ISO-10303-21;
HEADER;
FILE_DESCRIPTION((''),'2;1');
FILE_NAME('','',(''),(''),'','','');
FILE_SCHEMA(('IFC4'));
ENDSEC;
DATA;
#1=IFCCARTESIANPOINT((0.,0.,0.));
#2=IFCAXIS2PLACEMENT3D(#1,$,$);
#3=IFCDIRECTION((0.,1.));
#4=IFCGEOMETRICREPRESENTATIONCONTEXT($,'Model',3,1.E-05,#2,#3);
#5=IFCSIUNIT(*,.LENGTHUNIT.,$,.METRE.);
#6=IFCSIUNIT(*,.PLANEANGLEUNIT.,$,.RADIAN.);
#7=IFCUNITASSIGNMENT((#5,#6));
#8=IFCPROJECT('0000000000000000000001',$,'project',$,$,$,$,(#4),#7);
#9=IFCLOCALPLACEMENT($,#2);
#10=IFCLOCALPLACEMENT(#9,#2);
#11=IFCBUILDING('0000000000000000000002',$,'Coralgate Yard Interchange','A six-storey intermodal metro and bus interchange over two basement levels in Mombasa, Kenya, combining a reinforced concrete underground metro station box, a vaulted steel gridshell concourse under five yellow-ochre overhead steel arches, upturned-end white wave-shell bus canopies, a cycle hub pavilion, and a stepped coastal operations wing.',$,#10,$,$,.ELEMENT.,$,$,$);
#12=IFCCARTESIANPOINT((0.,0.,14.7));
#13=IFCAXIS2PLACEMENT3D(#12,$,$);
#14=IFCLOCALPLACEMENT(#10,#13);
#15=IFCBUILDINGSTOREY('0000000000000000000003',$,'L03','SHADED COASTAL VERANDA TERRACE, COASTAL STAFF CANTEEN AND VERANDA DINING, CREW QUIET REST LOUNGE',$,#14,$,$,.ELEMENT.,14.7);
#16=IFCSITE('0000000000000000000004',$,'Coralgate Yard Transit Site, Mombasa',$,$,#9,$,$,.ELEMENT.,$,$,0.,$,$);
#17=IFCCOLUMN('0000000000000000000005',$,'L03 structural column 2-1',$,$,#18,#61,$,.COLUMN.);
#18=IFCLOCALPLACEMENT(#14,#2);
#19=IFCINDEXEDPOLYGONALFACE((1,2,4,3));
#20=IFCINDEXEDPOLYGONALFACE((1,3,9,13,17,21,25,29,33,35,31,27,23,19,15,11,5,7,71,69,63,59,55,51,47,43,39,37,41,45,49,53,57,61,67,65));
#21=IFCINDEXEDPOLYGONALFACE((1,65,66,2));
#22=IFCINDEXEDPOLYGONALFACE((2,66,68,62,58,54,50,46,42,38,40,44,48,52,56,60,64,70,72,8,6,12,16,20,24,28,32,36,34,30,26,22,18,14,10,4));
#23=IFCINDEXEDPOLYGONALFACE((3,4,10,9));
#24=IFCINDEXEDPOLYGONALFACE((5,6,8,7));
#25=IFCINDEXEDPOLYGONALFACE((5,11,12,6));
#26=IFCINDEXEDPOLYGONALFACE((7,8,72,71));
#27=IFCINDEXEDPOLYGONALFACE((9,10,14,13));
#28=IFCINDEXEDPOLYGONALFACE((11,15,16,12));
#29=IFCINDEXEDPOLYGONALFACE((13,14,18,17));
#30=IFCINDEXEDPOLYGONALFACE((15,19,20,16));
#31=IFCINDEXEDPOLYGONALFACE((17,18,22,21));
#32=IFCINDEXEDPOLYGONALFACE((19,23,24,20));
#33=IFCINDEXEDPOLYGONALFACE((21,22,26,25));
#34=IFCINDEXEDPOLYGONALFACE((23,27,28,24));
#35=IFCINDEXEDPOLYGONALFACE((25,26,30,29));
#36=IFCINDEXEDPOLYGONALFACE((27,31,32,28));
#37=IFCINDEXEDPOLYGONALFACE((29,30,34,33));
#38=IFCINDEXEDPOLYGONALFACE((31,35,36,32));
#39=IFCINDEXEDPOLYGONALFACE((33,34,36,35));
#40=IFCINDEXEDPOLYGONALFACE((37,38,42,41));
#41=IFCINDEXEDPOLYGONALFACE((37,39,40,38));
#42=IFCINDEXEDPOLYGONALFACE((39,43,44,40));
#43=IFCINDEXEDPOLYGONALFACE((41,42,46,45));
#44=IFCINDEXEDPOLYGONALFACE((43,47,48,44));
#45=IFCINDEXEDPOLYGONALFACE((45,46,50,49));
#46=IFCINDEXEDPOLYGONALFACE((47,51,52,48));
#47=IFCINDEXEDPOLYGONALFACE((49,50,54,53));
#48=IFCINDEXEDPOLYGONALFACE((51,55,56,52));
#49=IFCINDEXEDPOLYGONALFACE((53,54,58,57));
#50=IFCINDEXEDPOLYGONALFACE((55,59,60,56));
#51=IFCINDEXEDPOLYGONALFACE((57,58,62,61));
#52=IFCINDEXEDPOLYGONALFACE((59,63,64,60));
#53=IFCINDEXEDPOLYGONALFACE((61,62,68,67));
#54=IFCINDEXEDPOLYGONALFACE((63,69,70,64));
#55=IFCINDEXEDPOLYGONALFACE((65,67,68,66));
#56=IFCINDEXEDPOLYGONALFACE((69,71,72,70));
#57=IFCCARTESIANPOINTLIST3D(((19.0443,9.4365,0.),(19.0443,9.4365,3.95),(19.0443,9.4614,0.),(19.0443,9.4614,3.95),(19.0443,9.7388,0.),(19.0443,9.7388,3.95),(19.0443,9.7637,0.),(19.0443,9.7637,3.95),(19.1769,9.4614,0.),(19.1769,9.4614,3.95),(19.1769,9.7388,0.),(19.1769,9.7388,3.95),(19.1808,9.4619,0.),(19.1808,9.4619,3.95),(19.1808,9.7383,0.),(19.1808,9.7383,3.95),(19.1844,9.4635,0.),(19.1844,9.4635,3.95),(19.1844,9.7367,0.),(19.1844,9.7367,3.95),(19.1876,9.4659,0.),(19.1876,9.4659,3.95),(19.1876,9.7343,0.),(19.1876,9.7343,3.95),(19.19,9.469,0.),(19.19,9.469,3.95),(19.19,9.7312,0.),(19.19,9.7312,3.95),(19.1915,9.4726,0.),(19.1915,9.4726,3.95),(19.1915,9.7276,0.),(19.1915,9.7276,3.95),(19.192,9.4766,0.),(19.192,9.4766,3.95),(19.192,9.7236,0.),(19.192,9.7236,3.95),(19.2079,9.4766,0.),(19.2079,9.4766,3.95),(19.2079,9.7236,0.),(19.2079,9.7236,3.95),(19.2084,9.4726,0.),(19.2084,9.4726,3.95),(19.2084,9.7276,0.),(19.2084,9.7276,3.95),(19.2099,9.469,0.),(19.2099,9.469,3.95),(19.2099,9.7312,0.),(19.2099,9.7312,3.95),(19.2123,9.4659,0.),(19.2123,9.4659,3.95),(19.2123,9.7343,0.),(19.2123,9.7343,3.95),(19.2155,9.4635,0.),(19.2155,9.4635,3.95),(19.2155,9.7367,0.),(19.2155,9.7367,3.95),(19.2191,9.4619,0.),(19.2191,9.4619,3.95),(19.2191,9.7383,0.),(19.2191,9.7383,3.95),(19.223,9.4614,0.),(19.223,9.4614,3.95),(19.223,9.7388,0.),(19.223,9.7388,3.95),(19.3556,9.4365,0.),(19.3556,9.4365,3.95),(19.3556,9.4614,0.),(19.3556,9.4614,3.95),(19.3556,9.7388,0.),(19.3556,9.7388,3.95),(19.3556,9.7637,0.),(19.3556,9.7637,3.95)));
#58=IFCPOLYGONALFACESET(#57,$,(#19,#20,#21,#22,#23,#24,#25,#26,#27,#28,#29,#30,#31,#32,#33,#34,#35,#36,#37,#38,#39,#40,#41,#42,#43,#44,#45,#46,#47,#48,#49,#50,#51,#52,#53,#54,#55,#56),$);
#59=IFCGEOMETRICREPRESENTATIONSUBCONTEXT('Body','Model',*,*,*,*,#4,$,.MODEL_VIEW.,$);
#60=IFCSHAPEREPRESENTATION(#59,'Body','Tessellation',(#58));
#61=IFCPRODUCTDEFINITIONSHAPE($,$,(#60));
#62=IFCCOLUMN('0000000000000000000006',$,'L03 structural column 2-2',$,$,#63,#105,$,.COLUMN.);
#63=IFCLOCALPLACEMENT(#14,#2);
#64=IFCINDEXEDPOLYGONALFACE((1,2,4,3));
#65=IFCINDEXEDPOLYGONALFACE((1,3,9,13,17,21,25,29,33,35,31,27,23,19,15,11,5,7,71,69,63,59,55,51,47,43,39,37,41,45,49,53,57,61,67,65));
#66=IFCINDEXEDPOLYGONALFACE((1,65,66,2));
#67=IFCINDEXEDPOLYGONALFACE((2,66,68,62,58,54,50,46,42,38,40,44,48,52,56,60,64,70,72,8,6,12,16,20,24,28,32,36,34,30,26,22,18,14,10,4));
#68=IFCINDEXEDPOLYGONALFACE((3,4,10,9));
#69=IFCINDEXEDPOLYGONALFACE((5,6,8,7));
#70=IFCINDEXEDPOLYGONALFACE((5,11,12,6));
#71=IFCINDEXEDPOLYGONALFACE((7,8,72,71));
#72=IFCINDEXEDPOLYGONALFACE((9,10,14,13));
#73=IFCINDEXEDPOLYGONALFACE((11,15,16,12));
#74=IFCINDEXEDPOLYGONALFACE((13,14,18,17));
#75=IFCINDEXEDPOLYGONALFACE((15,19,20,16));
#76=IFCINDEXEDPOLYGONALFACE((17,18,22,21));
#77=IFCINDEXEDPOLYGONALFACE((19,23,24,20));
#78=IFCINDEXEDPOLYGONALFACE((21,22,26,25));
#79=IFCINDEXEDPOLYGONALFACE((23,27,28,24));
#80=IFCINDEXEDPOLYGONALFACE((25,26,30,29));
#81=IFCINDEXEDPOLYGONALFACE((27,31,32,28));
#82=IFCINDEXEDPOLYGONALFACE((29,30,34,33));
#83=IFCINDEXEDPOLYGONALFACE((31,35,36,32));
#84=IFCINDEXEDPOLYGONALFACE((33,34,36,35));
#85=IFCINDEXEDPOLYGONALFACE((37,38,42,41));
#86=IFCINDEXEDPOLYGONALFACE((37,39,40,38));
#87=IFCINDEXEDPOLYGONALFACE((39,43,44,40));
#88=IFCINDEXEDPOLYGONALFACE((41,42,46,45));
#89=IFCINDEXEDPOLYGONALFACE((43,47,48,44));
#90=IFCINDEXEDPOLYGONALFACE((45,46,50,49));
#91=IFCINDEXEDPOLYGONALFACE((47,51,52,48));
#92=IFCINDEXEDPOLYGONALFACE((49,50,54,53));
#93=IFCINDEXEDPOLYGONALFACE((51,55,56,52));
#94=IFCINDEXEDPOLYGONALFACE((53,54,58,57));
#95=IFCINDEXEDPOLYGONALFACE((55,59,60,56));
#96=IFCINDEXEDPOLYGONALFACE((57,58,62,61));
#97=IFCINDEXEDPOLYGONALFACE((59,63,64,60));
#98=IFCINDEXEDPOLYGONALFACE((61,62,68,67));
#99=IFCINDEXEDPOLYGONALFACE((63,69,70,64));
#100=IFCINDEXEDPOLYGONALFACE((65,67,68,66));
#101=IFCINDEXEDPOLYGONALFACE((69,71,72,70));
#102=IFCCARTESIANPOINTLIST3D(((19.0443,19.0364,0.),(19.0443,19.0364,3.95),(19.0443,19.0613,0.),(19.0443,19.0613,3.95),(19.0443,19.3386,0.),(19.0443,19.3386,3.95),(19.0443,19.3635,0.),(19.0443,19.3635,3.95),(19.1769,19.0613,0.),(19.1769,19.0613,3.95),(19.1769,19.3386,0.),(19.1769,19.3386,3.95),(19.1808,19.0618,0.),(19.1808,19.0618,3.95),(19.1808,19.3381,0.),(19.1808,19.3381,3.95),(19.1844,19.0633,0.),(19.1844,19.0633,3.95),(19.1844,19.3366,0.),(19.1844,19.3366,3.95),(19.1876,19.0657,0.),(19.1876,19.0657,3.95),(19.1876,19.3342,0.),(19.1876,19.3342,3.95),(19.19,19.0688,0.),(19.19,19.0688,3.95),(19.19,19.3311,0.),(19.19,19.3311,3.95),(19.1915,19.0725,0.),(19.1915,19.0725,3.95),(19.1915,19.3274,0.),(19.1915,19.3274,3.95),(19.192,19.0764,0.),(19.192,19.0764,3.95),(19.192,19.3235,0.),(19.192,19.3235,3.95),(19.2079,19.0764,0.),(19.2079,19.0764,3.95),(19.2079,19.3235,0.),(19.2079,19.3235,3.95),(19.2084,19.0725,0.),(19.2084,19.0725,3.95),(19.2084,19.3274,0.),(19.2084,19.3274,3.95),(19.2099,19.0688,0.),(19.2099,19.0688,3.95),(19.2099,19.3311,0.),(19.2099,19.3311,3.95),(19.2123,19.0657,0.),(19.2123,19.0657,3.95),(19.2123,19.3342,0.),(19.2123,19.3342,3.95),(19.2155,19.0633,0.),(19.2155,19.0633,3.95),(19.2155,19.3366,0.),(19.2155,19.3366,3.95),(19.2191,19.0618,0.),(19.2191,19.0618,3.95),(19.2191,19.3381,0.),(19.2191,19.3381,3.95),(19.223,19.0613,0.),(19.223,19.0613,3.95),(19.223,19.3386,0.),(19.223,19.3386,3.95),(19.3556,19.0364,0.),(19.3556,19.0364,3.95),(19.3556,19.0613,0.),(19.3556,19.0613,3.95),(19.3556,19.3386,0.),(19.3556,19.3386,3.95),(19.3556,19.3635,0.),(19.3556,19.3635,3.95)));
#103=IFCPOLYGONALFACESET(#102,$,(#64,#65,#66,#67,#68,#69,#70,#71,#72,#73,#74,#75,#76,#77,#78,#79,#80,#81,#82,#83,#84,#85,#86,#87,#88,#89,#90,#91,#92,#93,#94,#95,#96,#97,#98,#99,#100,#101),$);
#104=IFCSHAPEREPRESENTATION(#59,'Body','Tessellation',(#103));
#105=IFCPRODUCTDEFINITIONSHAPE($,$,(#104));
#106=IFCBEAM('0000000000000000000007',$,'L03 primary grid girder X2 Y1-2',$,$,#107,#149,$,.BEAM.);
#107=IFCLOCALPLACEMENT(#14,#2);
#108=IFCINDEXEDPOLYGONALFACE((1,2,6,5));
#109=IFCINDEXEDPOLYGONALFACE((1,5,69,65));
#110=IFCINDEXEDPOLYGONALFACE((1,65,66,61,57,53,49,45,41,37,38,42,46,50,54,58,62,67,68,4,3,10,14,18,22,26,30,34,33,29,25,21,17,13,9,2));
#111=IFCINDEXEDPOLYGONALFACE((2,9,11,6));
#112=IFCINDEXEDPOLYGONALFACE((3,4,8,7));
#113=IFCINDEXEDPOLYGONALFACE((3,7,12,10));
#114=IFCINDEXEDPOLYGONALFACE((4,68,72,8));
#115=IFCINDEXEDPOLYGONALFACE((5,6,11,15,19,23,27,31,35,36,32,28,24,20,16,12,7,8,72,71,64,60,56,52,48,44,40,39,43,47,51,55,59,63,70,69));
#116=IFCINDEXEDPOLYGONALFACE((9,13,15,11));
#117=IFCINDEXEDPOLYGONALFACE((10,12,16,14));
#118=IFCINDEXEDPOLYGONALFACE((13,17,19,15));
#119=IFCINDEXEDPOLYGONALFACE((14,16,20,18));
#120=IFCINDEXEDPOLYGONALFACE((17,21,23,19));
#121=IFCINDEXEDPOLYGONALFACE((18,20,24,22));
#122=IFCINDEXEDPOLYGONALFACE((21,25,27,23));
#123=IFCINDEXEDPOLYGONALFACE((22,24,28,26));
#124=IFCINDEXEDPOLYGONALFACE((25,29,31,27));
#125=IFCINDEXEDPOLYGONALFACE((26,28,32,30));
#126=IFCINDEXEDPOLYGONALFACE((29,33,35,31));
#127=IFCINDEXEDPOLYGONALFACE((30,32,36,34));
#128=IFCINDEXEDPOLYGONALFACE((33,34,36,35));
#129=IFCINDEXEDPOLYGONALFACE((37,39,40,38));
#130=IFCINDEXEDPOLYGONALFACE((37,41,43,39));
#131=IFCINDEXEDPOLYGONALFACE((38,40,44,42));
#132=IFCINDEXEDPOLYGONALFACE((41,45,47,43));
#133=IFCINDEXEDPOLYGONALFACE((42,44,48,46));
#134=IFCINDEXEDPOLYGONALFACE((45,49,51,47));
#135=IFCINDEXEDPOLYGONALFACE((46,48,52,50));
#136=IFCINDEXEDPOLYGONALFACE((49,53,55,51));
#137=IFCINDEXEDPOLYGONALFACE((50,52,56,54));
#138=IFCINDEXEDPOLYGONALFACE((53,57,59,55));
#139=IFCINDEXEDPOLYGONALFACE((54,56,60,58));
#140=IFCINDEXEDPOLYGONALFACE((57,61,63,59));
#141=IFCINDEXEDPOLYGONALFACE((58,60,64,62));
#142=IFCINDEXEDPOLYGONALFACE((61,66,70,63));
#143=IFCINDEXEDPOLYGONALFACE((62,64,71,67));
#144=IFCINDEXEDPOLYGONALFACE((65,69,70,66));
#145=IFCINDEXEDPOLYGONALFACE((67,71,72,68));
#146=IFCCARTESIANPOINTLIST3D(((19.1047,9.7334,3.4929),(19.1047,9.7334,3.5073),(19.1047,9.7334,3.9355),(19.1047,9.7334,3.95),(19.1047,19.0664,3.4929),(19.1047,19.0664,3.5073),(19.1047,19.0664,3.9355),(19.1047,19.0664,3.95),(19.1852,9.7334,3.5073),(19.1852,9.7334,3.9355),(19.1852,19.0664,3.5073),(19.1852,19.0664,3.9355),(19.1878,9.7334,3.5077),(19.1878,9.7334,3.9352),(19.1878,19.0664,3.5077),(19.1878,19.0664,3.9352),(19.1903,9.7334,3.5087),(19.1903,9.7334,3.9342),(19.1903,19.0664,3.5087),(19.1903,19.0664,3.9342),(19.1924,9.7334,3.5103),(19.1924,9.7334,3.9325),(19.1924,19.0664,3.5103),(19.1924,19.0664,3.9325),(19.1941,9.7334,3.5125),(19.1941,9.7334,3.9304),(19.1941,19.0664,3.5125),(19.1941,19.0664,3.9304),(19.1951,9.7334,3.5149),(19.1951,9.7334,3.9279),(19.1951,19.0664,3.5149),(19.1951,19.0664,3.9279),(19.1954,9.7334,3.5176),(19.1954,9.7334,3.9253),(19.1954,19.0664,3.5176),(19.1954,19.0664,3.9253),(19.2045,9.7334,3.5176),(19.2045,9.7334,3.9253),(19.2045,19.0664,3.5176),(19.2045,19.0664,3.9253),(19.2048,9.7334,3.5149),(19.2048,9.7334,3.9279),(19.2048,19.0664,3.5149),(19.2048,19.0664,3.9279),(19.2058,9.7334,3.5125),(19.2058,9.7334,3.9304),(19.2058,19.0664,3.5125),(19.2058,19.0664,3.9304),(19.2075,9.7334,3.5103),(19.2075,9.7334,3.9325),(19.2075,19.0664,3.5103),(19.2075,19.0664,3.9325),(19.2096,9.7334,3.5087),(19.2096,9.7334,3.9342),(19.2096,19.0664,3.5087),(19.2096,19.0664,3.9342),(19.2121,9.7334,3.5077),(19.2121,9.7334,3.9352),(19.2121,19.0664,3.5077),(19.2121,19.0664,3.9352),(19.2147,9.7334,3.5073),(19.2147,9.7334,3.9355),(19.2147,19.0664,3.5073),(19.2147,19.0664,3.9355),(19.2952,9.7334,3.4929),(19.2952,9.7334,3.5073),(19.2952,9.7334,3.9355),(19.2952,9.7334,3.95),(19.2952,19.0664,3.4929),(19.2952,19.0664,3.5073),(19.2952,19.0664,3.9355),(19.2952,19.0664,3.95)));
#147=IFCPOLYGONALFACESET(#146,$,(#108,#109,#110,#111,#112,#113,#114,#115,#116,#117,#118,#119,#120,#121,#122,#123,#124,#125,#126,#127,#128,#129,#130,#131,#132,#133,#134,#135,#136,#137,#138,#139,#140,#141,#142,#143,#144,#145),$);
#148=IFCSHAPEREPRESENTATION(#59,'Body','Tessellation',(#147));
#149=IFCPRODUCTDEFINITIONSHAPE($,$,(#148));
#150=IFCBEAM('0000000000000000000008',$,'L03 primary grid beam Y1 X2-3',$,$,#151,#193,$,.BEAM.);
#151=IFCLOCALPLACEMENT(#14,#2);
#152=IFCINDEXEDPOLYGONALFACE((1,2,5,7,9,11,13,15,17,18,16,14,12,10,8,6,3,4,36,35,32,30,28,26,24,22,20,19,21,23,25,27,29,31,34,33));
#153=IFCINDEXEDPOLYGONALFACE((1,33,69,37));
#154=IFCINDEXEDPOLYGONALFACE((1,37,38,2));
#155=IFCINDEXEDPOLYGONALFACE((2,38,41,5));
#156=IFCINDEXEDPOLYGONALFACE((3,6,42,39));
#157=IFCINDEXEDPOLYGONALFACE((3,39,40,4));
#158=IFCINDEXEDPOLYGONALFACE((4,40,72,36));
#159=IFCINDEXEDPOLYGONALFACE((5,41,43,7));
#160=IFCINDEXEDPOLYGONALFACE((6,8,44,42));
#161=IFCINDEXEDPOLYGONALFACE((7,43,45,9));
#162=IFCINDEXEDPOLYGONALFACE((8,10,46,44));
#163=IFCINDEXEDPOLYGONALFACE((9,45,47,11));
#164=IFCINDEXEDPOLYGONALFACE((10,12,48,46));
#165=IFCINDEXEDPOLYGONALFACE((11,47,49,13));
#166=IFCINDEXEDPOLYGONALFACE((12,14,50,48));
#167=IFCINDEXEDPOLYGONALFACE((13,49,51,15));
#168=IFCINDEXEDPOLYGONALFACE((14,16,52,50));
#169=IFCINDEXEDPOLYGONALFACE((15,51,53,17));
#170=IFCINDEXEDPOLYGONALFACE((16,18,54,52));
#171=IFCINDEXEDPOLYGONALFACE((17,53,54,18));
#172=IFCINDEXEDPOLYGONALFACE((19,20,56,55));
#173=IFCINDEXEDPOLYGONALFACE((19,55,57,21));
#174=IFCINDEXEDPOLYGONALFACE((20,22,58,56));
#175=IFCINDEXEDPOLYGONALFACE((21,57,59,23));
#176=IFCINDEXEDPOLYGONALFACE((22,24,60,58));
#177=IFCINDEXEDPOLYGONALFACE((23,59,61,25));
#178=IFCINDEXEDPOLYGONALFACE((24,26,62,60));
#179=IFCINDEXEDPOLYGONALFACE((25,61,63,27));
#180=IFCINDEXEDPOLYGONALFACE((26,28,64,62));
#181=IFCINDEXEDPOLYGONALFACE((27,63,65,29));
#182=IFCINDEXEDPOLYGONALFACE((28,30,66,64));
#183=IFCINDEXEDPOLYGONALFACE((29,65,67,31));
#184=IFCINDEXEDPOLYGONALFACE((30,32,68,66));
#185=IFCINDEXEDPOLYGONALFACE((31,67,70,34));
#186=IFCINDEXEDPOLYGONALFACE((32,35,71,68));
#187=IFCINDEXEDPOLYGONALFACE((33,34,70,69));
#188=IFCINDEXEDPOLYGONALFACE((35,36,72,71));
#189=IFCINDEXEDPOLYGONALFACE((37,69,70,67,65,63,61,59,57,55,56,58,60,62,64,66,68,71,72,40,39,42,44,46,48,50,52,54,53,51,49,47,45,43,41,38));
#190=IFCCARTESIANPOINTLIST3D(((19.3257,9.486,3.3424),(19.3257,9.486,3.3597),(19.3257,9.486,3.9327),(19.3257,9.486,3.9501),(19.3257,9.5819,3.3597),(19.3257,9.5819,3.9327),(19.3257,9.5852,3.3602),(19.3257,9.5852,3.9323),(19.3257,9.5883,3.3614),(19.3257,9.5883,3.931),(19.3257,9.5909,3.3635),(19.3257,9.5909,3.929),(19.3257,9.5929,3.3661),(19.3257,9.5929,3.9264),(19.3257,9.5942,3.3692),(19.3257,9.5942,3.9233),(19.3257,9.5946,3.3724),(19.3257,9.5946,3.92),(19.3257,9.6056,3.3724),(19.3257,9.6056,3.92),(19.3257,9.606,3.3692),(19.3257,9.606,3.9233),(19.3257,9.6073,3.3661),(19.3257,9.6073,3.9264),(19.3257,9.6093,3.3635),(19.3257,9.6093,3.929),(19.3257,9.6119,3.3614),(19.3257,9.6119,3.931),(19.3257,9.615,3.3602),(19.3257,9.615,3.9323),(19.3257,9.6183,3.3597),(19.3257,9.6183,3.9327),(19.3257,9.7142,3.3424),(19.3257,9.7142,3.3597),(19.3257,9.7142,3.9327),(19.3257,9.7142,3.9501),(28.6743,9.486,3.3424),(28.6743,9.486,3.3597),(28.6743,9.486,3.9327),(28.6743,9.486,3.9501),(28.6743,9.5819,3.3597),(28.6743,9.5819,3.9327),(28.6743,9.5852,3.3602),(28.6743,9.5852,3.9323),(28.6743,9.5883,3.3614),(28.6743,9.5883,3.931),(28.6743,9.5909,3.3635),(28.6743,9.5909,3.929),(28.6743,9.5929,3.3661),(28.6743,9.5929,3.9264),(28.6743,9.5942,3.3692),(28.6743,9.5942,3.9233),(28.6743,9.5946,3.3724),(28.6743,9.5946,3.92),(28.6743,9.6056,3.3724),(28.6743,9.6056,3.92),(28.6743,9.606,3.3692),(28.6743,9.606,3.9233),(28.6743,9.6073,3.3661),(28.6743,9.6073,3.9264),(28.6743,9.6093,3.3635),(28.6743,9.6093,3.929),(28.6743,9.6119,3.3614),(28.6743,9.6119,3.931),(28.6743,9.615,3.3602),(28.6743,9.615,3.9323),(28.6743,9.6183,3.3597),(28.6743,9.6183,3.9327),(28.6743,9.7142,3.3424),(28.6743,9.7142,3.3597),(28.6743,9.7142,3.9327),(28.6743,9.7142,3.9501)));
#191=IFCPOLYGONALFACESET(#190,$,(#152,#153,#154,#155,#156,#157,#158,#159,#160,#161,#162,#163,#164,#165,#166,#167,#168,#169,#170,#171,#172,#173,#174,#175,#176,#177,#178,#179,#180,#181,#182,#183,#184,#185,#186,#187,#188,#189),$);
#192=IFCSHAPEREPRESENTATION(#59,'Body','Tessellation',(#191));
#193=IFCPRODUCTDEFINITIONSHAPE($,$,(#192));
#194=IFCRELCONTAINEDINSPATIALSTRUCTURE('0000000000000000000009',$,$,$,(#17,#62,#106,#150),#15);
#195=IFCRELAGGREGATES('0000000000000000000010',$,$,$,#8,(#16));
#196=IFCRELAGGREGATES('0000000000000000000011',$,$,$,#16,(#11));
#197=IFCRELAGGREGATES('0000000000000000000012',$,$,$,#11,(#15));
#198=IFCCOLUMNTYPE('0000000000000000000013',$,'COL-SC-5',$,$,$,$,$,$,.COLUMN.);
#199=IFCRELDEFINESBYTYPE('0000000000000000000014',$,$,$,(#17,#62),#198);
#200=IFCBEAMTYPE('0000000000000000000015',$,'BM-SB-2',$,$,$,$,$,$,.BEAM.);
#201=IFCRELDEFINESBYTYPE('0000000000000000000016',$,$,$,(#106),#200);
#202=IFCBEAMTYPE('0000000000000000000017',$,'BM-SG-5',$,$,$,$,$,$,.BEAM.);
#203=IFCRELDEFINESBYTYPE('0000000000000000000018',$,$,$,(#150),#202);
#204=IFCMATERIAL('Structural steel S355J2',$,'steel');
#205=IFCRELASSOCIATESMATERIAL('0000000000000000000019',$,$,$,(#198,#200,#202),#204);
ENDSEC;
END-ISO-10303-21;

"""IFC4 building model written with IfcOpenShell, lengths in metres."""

from ifc_helpers import new_model, si_unit, direction, frame, origin, origin_2d, place, context, subcontext, project, spatial, i_section, extrude, material, material_profile, profile_set, type_object, element, save


model = new_model("IFC4")

# Units and contexts
model_context = context("Model", 3, precision=1e-05, world=origin(), true_north=direction((0.0, 1.0)))
body_context = subcontext(model_context, "Body", "Model", "MODEL_VIEW")
ifc_project = project(units=[si_unit("LENGTHUNIT", "METRE"), si_unit("PLANEANGLEUNIT", "RADIAN")], contexts=[model_context])

# Site, building, storey
site_placement = place(None, origin())
site = spatial("IfcSite", under=ifc_project, at=site_placement, Name="Coralgate Yard Transit Site, Mombasa", CompositionType="ELEMENT", RefElevation=0.0)
building_placement = place(site_placement, origin())
building = spatial("IfcBuilding", under=site, at=building_placement, Name="Coralgate Yard Interchange", Description="A six-storey intermodal metro and bus interchange over two basement levels in Mombasa, Kenya, combining a reinforced concrete underground metro station box, a vaulted steel gridshell concourse under five yellow-ochre overhead steel arches, upturned-end white wave-shell bus canopies, a cycle hub pavilion, and a stepped coastal operations wing.", CompositionType="ELEMENT")
storey_placement = place(building_placement, frame((0.0, 0.0, 14.7)))
storey = spatial("IfcBuildingStorey", under=building, at=storey_placement, Name="L03", Description="SHADED COASTAL VERANDA TERRACE, COASTAL STAFF CANTEEN AND VERANDA DINING, CREW QUIET REST LOUNGE", CompositionType="ELEMENT", Elevation=14.7)

# Columns
ifc_material_1 = material(Name="Structural steel S355J2", Category="steel")
ifc_material_profile_1 = material_profile(ifc_material_1, i_section(OverallWidth=0.3113, OverallDepth=0.3271, WebThickness=0.0159, FlangeThickness=0.0249, FilletRadius=0.0151, at=origin_2d()), Name="UC 305x305x158")
ifc_profile_set_1 = profile_set([ifc_material_profile_1], Name="Structural steel S355J2")
column_type = type_object("IfcColumnType", Name="COL-SC-5", PredefinedType="COLUMN", material=ifc_profile_set_1)
for number, where, z_axis, x_axis, name in (
    (1, (19.2, 9.6001, 0.0), (0.0, 0.0, 1.0), (1.0, 0.0, 0.0), "L03 structural column 2-1"),
    (2, (19.2, 19.2, 0.0), (0.0, 0.0, 1.0), (1.0, 0.0, 0.0), "L03 structural column 2-2"),
):
    element("IfcColumn", number, at=place(storey_placement, frame(where, z_axis=z_axis, x_axis=x_axis)), inside=storey, type_object=column_type, Name=name, PredefinedType="COLUMN", context=body_context, shape_type="SweptSolid", body=[
        extrude(i_section(OverallWidth=0.3113, OverallDepth=0.3271, WebThickness=0.0159, FlangeThickness=0.0249, FilletRadius=0.0151, at=origin_2d()), origin(), (0.0, 0.0, 1.0), 3.95),
    ])

# Beams
ifc_material_profile_2 = material_profile(ifc_material_1, i_section(OverallWidth=0.1904, OverallDepth=0.457, WebThickness=0.009, FlangeThickness=0.0144, FilletRadius=0.0103, at=origin_2d()), Name="UB 457x191x74")
ifc_profile_set_2 = profile_set([ifc_material_profile_2], Name="Structural steel S355J2")
beam_type_1 = type_object("IfcBeamType", Name="BM-SB-2", PredefinedType="BEAM", material=ifc_profile_set_2)
beam_1_placement = place(storey_placement, frame((19.2, 9.7334, 3.7214), z_axis=(0.0, 1.0, 0.0), x_axis=(-1.0, 0.0, 0.0)))
element("IfcBeam", 3, at=beam_1_placement, inside=storey, type_object=beam_type_1, Name="L03 primary grid girder X2 Y1-2", PredefinedType="BEAM", context=body_context, shape_type="SweptSolid", body=[
    extrude(i_section(OverallWidth=0.1904, OverallDepth=0.457, WebThickness=0.009, FlangeThickness=0.0144, FilletRadius=0.0103, at=origin_2d()), origin(), (0.0, 0.0, 1.0), 9.333),
])
ifc_material_profile_3 = material_profile(ifc_material_1, i_section(OverallWidth=0.2283, OverallDepth=0.6077, WebThickness=0.011, FlangeThickness=0.0173, FilletRadius=0.0127, at=origin_2d()), Name="UB 610x229x113")
ifc_profile_set_3 = profile_set([ifc_material_profile_3], Name="Structural steel S355J2")
beam_type_2 = type_object("IfcBeamType", Name="BM-SG-5", PredefinedType="BEAM", material=ifc_profile_set_3)
beam_2_placement = place(storey_placement, frame((19.3257, 9.6001, 3.6462), z_axis=(1.0, 0.0, 0.0), x_axis=(0.0, 1.0, 0.0)))
element("IfcBeam", 4, at=beam_2_placement, inside=storey, type_object=beam_type_2, Name="L03 primary grid beam Y1 X2-3", PredefinedType="BEAM", context=body_context, shape_type="SweptSolid", body=[
    extrude(i_section(OverallWidth=0.2283, OverallDepth=0.6077, WebThickness=0.011, FlangeThickness=0.0173, FilletRadius=0.0127, at=origin_2d()), origin(), (0.0, 0.0, 1.0), 9.3486),
])

save(model, "model.ifc")
